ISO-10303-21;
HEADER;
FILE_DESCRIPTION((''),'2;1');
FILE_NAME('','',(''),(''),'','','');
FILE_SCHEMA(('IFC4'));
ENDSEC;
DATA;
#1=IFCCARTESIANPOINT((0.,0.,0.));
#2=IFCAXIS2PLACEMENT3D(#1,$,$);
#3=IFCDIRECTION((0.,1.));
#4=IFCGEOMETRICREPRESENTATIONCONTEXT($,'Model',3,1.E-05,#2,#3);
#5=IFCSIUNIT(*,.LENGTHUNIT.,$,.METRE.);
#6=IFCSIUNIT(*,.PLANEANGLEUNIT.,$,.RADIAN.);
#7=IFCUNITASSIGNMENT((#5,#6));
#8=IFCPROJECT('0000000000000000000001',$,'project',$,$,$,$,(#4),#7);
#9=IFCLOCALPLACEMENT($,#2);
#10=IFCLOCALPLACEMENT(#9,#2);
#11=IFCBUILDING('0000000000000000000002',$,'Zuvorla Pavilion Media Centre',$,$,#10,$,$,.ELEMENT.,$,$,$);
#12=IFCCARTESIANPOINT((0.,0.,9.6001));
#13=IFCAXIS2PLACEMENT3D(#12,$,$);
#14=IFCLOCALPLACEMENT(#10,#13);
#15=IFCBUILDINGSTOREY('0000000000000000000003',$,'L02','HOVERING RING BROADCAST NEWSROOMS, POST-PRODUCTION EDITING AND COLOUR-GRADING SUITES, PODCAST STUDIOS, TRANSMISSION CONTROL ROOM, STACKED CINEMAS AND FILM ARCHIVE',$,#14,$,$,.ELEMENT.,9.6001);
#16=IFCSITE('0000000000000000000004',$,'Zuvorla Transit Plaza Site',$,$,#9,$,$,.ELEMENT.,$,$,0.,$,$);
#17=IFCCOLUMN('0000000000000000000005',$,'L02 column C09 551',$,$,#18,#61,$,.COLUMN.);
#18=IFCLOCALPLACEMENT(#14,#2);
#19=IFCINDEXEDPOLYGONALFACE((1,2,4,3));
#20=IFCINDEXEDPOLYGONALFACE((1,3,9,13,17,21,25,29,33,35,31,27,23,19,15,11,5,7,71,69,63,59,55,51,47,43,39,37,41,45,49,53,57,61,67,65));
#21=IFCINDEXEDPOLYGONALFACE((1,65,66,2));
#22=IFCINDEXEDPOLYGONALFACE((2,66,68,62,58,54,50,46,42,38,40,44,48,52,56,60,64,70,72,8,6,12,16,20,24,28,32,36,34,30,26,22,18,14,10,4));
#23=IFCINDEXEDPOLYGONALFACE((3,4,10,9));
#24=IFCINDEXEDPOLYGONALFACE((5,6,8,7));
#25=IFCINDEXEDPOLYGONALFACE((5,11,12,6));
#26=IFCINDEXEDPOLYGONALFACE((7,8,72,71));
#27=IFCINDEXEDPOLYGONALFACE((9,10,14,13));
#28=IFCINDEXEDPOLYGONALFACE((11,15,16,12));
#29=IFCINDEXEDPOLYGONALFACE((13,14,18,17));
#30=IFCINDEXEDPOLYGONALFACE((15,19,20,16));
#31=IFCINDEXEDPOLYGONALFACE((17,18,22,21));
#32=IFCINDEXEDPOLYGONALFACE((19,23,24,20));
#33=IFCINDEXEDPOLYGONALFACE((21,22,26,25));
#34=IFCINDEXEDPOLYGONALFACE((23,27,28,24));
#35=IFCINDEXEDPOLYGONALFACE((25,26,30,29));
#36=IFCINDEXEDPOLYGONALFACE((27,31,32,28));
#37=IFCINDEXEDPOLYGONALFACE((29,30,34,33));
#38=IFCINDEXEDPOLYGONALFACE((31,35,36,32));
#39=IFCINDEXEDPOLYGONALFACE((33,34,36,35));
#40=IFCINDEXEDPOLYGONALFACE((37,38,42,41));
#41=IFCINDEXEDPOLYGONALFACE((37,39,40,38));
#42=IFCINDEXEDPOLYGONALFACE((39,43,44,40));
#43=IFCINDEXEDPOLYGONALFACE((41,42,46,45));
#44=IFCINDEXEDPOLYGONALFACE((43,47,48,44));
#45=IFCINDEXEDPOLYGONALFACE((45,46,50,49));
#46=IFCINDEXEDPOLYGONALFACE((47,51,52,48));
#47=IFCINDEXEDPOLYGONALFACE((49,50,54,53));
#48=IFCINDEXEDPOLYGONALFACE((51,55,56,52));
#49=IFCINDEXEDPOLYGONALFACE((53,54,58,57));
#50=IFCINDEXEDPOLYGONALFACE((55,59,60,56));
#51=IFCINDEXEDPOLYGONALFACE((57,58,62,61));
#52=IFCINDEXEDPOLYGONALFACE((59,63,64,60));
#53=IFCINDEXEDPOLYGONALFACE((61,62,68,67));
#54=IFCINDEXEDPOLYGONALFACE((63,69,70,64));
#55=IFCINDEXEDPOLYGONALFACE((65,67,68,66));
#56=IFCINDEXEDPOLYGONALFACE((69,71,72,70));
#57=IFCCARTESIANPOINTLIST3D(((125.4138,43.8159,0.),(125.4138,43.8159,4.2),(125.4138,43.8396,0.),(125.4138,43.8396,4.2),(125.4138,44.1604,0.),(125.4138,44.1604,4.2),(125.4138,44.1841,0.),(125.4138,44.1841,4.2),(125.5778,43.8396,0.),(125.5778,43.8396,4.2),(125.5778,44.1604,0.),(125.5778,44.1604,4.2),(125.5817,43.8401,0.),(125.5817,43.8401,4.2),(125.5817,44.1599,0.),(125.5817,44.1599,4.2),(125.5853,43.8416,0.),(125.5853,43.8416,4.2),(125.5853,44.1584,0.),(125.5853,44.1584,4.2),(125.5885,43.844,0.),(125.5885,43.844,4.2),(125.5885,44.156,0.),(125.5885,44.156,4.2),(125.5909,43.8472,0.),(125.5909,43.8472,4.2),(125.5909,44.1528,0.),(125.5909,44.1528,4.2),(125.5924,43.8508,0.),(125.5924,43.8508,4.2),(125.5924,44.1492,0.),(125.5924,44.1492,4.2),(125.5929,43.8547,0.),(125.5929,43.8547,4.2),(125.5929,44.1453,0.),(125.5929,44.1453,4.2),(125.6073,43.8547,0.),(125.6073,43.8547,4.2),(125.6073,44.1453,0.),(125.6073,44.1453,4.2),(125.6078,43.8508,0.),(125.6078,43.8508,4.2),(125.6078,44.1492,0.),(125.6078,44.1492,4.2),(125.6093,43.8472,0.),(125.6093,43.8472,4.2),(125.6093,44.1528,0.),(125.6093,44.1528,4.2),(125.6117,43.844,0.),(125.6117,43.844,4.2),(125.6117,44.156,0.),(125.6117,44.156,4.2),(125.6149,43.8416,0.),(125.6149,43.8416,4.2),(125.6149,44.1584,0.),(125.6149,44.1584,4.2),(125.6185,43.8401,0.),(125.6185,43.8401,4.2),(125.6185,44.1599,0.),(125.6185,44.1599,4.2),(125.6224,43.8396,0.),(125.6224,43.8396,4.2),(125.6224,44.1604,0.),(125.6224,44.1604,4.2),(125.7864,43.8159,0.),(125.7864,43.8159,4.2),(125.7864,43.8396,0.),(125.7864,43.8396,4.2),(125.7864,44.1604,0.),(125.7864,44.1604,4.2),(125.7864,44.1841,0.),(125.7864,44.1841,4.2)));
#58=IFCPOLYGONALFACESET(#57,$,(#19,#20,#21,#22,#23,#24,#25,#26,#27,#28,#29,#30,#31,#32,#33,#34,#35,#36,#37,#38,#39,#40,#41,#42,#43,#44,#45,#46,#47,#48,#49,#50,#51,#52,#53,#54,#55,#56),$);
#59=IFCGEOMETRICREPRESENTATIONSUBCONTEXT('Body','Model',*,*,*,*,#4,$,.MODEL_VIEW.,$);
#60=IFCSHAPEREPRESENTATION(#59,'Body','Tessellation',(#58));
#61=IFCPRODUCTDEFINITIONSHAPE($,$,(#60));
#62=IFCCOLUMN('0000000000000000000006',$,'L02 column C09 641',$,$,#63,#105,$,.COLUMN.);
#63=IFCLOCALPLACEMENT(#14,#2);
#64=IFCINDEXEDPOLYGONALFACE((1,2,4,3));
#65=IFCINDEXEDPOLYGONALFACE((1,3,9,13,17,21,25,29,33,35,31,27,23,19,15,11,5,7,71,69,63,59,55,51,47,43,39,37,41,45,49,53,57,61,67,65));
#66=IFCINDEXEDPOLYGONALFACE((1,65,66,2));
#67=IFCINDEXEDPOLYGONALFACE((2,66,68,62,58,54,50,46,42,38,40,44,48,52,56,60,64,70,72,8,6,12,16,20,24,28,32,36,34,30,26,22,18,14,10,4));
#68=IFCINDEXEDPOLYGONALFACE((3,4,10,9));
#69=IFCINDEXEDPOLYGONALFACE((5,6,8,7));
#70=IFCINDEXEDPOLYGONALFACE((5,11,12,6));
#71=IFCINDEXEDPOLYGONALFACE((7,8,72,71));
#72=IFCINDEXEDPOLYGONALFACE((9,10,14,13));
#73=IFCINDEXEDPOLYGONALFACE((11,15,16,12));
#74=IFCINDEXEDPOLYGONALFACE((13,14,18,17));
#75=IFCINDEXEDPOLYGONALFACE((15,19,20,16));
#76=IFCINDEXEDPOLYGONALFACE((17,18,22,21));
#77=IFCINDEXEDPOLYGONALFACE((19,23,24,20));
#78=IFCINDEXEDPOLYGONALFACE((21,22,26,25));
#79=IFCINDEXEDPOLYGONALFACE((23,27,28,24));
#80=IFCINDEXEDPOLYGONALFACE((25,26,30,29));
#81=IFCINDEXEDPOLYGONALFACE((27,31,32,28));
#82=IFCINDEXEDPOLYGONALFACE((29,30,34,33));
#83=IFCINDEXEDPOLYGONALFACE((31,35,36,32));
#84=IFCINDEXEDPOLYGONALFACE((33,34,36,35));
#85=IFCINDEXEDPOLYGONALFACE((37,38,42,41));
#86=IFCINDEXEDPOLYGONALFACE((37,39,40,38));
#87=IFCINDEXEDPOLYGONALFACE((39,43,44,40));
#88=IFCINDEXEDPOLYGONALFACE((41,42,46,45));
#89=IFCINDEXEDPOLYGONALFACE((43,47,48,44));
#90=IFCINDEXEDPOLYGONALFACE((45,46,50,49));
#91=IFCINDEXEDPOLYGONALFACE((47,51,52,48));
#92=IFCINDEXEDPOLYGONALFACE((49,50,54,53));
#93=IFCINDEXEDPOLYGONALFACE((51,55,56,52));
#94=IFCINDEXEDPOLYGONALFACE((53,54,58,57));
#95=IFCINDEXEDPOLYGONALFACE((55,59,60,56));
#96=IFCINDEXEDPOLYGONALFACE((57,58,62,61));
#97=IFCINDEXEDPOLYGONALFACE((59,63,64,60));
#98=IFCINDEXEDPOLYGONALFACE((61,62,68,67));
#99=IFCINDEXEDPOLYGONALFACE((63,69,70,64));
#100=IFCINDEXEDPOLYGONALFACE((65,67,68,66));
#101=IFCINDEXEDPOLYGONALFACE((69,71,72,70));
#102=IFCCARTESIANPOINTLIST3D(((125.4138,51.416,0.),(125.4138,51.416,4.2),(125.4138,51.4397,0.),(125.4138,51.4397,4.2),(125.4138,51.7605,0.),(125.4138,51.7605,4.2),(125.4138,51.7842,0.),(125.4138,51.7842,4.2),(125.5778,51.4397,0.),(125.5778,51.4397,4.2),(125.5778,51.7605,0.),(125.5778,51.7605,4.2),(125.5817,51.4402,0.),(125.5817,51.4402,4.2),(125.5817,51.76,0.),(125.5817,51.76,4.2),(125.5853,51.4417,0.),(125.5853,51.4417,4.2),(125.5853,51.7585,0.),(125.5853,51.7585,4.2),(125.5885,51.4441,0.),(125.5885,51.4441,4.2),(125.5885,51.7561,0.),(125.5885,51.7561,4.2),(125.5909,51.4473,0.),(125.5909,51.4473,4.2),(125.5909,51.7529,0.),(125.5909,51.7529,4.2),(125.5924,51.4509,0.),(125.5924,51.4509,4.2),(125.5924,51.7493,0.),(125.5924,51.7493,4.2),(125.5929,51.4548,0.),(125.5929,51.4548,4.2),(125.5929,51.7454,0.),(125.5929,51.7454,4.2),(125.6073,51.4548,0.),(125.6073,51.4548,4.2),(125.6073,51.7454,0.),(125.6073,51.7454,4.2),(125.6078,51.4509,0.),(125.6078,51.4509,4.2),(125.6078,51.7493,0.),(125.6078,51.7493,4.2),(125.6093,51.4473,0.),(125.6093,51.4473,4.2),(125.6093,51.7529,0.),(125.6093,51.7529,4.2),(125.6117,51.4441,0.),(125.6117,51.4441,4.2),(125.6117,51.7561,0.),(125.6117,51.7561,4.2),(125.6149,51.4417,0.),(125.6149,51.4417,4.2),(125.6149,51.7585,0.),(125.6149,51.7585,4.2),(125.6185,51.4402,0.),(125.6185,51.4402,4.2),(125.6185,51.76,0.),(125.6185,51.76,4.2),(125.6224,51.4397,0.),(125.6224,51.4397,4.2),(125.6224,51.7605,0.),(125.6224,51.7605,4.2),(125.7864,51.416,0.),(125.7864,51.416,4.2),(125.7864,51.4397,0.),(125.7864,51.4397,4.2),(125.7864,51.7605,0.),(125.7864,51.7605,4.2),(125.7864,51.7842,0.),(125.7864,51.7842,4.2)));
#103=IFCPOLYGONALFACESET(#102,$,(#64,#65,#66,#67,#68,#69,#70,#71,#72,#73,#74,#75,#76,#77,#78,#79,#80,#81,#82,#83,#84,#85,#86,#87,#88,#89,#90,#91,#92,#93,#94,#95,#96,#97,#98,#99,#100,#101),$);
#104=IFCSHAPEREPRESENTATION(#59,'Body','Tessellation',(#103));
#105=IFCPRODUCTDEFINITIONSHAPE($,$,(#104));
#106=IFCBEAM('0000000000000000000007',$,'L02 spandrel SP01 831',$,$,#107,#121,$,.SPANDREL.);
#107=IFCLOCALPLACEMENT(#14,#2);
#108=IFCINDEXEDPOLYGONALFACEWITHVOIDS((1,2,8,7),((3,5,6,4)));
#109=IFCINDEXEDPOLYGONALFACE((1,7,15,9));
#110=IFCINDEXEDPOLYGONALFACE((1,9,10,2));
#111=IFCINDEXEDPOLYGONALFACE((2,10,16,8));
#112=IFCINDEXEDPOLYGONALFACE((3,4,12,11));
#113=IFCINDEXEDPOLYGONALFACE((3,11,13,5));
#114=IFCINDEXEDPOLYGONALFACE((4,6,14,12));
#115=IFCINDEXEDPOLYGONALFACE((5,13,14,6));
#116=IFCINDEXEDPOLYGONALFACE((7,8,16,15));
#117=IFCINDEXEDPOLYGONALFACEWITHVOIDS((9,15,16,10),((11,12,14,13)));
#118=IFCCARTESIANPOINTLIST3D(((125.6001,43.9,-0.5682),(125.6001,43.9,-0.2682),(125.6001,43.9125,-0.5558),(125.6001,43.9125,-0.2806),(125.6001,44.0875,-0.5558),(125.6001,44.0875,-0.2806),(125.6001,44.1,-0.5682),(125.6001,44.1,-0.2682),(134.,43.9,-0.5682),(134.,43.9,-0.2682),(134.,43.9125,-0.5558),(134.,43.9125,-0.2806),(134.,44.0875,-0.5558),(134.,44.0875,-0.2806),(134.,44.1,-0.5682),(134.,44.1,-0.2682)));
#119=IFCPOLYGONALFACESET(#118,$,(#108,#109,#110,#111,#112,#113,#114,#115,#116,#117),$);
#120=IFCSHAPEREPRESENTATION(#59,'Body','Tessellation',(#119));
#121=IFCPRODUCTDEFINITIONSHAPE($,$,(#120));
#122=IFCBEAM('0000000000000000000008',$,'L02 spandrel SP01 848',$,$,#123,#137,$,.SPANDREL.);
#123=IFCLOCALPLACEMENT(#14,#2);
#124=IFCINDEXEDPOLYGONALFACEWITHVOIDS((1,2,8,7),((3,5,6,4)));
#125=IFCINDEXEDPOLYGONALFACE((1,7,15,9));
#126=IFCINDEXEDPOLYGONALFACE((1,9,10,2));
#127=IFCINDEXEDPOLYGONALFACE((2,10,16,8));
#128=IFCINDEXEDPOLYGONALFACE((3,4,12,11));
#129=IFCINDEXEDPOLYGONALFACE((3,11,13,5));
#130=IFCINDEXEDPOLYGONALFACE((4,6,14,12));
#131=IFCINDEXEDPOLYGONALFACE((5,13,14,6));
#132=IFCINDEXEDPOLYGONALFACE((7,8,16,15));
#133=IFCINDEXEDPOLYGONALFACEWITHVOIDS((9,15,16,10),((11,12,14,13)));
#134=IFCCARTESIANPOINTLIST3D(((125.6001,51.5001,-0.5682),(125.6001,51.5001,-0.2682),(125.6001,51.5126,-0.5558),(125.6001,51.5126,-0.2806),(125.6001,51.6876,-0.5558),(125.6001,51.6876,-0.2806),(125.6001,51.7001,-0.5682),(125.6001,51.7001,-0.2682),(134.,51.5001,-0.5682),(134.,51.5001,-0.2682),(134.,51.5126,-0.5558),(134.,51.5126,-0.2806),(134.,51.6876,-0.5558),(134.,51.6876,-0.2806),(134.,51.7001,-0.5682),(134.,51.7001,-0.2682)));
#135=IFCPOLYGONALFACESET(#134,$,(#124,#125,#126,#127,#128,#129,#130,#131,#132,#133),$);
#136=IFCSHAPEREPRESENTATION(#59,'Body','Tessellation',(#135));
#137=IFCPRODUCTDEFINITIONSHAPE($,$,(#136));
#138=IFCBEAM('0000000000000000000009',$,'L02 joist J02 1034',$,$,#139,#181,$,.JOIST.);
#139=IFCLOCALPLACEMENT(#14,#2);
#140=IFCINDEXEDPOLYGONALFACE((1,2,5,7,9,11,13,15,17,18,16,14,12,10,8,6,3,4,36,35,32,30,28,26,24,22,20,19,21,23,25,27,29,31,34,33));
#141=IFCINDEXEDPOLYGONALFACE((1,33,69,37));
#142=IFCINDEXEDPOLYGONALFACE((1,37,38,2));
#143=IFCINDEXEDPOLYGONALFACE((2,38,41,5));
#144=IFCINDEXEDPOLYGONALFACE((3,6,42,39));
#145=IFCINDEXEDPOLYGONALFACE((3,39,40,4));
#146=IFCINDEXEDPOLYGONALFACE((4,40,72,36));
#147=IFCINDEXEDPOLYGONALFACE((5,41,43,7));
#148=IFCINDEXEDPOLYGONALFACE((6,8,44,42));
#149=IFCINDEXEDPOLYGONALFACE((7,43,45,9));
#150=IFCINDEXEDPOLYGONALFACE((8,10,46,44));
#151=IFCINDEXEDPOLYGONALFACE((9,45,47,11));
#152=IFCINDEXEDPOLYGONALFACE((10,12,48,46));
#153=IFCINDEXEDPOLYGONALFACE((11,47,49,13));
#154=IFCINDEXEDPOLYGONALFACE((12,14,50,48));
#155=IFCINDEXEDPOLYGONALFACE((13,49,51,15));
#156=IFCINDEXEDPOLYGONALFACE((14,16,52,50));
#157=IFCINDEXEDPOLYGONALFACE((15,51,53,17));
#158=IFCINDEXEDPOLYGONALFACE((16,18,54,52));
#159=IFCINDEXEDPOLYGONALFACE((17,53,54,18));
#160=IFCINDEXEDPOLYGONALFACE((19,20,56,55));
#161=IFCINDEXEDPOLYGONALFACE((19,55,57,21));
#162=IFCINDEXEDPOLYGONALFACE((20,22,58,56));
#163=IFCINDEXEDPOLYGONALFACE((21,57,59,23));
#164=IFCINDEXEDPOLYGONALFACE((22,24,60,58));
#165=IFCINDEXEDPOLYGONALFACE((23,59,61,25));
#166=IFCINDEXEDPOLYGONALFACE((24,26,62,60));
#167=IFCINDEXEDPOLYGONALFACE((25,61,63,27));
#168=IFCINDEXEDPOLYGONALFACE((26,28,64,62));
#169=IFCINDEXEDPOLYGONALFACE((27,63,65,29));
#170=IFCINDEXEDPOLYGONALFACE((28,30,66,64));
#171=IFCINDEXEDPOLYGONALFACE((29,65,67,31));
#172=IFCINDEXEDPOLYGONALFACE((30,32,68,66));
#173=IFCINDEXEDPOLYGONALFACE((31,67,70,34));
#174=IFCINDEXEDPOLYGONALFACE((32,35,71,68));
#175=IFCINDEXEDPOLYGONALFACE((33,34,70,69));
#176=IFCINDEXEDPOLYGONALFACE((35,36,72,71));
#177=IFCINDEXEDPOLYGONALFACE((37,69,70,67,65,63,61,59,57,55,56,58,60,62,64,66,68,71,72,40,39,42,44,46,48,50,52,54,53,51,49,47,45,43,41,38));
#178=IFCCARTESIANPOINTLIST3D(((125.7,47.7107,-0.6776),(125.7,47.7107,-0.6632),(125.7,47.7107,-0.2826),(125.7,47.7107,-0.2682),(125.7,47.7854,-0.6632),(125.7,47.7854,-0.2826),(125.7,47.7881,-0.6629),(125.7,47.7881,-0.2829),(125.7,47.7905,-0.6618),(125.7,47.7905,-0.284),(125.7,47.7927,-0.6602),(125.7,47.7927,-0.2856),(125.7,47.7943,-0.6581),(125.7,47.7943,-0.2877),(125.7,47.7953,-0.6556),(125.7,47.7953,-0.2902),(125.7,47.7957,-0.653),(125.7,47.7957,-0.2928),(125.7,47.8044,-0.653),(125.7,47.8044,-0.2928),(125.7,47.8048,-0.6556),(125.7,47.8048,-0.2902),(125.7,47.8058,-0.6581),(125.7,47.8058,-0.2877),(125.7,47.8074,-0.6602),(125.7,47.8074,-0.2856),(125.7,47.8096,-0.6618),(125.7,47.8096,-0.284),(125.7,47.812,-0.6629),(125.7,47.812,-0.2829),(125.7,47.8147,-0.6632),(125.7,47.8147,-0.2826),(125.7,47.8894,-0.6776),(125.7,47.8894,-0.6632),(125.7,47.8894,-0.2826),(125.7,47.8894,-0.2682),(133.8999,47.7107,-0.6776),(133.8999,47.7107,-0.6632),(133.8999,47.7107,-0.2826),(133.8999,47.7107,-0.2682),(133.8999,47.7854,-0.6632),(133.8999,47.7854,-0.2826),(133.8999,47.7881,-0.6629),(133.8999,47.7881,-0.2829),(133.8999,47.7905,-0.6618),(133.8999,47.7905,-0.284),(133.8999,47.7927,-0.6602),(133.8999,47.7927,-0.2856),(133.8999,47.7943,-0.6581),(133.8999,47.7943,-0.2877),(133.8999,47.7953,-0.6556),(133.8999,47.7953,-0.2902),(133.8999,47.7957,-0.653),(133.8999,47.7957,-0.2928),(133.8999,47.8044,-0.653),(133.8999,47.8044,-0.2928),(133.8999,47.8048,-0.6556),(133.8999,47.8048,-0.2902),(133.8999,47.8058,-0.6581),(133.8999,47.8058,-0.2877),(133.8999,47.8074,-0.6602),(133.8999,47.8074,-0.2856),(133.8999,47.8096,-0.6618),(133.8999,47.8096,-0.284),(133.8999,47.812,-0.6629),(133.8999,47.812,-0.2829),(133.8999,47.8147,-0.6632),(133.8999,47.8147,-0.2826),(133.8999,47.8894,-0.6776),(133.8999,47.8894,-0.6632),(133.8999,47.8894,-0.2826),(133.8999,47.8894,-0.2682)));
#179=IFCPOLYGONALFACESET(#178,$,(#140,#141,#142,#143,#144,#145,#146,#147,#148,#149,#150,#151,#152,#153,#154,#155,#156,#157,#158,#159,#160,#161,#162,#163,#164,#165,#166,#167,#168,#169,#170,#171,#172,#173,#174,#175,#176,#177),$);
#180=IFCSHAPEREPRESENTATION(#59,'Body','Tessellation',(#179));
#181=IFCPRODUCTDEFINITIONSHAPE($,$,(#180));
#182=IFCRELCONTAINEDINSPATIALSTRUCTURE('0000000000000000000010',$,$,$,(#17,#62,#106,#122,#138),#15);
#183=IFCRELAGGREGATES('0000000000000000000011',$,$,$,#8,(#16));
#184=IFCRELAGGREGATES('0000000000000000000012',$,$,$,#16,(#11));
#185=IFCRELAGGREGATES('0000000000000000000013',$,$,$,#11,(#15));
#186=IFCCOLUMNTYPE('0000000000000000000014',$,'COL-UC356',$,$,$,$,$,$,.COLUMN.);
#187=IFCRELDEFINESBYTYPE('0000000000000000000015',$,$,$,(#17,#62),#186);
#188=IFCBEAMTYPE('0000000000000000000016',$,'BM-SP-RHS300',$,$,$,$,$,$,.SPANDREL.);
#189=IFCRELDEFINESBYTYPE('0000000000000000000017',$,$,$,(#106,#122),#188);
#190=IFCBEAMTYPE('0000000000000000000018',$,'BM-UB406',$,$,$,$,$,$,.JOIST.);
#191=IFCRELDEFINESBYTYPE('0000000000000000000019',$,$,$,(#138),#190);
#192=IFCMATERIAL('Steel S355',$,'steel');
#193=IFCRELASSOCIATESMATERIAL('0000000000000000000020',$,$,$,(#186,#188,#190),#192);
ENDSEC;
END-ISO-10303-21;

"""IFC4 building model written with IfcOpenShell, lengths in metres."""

from ifc_helpers import new_model, si_unit, direction, frame, origin, origin_2d, place, context, subcontext, project, spatial, hollow_rectangle, i_section, extrude, material, material_profile, profile_set, type_object, element, save


model = new_model("IFC4")

# Units and contexts
model_context = context("Model", 3, precision=1e-05, world=origin(), true_north=direction((0.0, 1.0)))
body_context = subcontext(model_context, "Body", "Model", "MODEL_VIEW")
ifc_project = project(units=[si_unit("LENGTHUNIT", "METRE"), si_unit("PLANEANGLEUNIT", "RADIAN")], contexts=[model_context])

# Site, building, storey
site_placement = place(None, origin())
site = spatial("IfcSite", under=ifc_project, at=site_placement, Name="Zuvorla Transit Plaza Site", CompositionType="ELEMENT", RefElevation=0.0)
building_placement = place(site_placement, origin())
building = spatial("IfcBuilding", under=site, at=building_placement, Name="Zuvorla Pavilion Media Centre", CompositionType="ELEMENT")
storey_placement = place(building_placement, frame((0.0, 0.0, 9.6001)))
storey = spatial("IfcBuildingStorey", under=building, at=storey_placement, Name="L02", Description="HOVERING RING BROADCAST NEWSROOMS, POST-PRODUCTION EDITING AND COLOUR-GRADING SUITES, PODCAST STUDIOS, TRANSMISSION CONTROL ROOM, STACKED CINEMAS AND FILM ARCHIVE", CompositionType="ELEMENT", Elevation=9.6001)

# Columns
ifc_material_1 = material(Name="Steel S355", Category="steel")
ifc_material_profile_1 = material_profile(ifc_material_1, i_section(OverallWidth=0.3726, OverallDepth=0.3682, WebThickness=0.0144, FlangeThickness=0.0237, FilletRadius=0.0151, at=origin_2d()), Name="UC 356x368x177")
ifc_profile_set_1 = profile_set([ifc_material_profile_1], Name="Steel S355")
column_type = type_object("IfcColumnType", Name="COL-UC356", PredefinedType="COLUMN", material=ifc_profile_set_1)
for number, where, z_axis, x_axis, name in (
    (1, (125.6001, 44.0, 0.0), (0.0, 0.0, 1.0), (1.0, 0.0, 0.0), "L02 column C09 551"),
    (2, (125.6001, 51.6001, 0.0), (0.0, 0.0, 1.0), (1.0, 0.0, 0.0), "L02 column C09 641"),
):
    element("IfcColumn", number, at=place(storey_placement, frame(where, z_axis=z_axis, x_axis=x_axis)), inside=storey, type_object=column_type, Name=name, PredefinedType="COLUMN", context=body_context, shape_type="SweptSolid", body=[
        extrude(i_section(OverallWidth=0.3726, OverallDepth=0.3682, WebThickness=0.0144, FlangeThickness=0.0237, FilletRadius=0.0151, at=origin_2d()), origin(), (0.0, 0.0, 1.0), 4.2),
    ])

# Beams
ifc_material_profile_2 = material_profile(ifc_material_1, hollow_rectangle(XDim=0.2, YDim=0.3, WallThickness=0.0125, at=origin_2d()), Name="RHS 300x200x12.5")
ifc_profile_set_2 = profile_set([ifc_material_profile_2], Name="Steel S355")
beam_type_1 = type_object("IfcBeamType", Name="BM-SP-RHS300", PredefinedType="SPANDREL", material=ifc_profile_set_2)
for number, where, z_axis, x_axis, name in (
    (3, (125.6001, 44.0, -0.4182), (1.0, 0.0, 0.0), (0.0, 1.0, 0.0), "L02 spandrel SP01 831"),
    (4, (125.6001, 51.6001, -0.4182), (1.0, 0.0, 0.0), (0.0, 1.0, 0.0), "L02 spandrel SP01 848"),
):
    element("IfcBeam", number, at=place(storey_placement, frame(where, z_axis=z_axis, x_axis=x_axis)), inside=storey, type_object=beam_type_1, Name=name, PredefinedType="SPANDREL", context=body_context, shape_type="SweptSolid", body=[
        extrude(hollow_rectangle(XDim=0.2, YDim=0.3, WallThickness=0.0125, at=origin_2d()), origin(), (0.0, 0.0, 1.0), 8.3999),
    ])
ifc_material_profile_3 = material_profile(ifc_material_1, i_section(OverallWidth=0.1787, OverallDepth=0.4094, WebThickness=0.0088, FlangeThickness=0.0144, FilletRadius=0.0103, at=origin_2d()), Name="UB 406x178x67")
ifc_profile_set_3 = profile_set([ifc_material_profile_3], Name="Steel S355")
beam_type_2 = type_object("IfcBeamType", Name="BM-UB406", PredefinedType="JOIST", material=ifc_profile_set_3)
beam_1_placement = place(storey_placement, frame((125.7, 47.8, -0.4729), z_axis=(1.0, 0.0, 0.0), x_axis=(0.0, 1.0, 0.0)))
element("IfcBeam", 5, at=beam_1_placement, inside=storey, type_object=beam_type_2, Name="L02 joist J02 1034", PredefinedType="JOIST", context=body_context, shape_type="SweptSolid", body=[
    extrude(i_section(OverallWidth=0.1787, OverallDepth=0.4094, WebThickness=0.0088, FlangeThickness=0.0144, FilletRadius=0.0103, at=origin_2d()), origin(), (0.0, 0.0, 1.0), 8.2),
])

save(model, "model.ifc")
